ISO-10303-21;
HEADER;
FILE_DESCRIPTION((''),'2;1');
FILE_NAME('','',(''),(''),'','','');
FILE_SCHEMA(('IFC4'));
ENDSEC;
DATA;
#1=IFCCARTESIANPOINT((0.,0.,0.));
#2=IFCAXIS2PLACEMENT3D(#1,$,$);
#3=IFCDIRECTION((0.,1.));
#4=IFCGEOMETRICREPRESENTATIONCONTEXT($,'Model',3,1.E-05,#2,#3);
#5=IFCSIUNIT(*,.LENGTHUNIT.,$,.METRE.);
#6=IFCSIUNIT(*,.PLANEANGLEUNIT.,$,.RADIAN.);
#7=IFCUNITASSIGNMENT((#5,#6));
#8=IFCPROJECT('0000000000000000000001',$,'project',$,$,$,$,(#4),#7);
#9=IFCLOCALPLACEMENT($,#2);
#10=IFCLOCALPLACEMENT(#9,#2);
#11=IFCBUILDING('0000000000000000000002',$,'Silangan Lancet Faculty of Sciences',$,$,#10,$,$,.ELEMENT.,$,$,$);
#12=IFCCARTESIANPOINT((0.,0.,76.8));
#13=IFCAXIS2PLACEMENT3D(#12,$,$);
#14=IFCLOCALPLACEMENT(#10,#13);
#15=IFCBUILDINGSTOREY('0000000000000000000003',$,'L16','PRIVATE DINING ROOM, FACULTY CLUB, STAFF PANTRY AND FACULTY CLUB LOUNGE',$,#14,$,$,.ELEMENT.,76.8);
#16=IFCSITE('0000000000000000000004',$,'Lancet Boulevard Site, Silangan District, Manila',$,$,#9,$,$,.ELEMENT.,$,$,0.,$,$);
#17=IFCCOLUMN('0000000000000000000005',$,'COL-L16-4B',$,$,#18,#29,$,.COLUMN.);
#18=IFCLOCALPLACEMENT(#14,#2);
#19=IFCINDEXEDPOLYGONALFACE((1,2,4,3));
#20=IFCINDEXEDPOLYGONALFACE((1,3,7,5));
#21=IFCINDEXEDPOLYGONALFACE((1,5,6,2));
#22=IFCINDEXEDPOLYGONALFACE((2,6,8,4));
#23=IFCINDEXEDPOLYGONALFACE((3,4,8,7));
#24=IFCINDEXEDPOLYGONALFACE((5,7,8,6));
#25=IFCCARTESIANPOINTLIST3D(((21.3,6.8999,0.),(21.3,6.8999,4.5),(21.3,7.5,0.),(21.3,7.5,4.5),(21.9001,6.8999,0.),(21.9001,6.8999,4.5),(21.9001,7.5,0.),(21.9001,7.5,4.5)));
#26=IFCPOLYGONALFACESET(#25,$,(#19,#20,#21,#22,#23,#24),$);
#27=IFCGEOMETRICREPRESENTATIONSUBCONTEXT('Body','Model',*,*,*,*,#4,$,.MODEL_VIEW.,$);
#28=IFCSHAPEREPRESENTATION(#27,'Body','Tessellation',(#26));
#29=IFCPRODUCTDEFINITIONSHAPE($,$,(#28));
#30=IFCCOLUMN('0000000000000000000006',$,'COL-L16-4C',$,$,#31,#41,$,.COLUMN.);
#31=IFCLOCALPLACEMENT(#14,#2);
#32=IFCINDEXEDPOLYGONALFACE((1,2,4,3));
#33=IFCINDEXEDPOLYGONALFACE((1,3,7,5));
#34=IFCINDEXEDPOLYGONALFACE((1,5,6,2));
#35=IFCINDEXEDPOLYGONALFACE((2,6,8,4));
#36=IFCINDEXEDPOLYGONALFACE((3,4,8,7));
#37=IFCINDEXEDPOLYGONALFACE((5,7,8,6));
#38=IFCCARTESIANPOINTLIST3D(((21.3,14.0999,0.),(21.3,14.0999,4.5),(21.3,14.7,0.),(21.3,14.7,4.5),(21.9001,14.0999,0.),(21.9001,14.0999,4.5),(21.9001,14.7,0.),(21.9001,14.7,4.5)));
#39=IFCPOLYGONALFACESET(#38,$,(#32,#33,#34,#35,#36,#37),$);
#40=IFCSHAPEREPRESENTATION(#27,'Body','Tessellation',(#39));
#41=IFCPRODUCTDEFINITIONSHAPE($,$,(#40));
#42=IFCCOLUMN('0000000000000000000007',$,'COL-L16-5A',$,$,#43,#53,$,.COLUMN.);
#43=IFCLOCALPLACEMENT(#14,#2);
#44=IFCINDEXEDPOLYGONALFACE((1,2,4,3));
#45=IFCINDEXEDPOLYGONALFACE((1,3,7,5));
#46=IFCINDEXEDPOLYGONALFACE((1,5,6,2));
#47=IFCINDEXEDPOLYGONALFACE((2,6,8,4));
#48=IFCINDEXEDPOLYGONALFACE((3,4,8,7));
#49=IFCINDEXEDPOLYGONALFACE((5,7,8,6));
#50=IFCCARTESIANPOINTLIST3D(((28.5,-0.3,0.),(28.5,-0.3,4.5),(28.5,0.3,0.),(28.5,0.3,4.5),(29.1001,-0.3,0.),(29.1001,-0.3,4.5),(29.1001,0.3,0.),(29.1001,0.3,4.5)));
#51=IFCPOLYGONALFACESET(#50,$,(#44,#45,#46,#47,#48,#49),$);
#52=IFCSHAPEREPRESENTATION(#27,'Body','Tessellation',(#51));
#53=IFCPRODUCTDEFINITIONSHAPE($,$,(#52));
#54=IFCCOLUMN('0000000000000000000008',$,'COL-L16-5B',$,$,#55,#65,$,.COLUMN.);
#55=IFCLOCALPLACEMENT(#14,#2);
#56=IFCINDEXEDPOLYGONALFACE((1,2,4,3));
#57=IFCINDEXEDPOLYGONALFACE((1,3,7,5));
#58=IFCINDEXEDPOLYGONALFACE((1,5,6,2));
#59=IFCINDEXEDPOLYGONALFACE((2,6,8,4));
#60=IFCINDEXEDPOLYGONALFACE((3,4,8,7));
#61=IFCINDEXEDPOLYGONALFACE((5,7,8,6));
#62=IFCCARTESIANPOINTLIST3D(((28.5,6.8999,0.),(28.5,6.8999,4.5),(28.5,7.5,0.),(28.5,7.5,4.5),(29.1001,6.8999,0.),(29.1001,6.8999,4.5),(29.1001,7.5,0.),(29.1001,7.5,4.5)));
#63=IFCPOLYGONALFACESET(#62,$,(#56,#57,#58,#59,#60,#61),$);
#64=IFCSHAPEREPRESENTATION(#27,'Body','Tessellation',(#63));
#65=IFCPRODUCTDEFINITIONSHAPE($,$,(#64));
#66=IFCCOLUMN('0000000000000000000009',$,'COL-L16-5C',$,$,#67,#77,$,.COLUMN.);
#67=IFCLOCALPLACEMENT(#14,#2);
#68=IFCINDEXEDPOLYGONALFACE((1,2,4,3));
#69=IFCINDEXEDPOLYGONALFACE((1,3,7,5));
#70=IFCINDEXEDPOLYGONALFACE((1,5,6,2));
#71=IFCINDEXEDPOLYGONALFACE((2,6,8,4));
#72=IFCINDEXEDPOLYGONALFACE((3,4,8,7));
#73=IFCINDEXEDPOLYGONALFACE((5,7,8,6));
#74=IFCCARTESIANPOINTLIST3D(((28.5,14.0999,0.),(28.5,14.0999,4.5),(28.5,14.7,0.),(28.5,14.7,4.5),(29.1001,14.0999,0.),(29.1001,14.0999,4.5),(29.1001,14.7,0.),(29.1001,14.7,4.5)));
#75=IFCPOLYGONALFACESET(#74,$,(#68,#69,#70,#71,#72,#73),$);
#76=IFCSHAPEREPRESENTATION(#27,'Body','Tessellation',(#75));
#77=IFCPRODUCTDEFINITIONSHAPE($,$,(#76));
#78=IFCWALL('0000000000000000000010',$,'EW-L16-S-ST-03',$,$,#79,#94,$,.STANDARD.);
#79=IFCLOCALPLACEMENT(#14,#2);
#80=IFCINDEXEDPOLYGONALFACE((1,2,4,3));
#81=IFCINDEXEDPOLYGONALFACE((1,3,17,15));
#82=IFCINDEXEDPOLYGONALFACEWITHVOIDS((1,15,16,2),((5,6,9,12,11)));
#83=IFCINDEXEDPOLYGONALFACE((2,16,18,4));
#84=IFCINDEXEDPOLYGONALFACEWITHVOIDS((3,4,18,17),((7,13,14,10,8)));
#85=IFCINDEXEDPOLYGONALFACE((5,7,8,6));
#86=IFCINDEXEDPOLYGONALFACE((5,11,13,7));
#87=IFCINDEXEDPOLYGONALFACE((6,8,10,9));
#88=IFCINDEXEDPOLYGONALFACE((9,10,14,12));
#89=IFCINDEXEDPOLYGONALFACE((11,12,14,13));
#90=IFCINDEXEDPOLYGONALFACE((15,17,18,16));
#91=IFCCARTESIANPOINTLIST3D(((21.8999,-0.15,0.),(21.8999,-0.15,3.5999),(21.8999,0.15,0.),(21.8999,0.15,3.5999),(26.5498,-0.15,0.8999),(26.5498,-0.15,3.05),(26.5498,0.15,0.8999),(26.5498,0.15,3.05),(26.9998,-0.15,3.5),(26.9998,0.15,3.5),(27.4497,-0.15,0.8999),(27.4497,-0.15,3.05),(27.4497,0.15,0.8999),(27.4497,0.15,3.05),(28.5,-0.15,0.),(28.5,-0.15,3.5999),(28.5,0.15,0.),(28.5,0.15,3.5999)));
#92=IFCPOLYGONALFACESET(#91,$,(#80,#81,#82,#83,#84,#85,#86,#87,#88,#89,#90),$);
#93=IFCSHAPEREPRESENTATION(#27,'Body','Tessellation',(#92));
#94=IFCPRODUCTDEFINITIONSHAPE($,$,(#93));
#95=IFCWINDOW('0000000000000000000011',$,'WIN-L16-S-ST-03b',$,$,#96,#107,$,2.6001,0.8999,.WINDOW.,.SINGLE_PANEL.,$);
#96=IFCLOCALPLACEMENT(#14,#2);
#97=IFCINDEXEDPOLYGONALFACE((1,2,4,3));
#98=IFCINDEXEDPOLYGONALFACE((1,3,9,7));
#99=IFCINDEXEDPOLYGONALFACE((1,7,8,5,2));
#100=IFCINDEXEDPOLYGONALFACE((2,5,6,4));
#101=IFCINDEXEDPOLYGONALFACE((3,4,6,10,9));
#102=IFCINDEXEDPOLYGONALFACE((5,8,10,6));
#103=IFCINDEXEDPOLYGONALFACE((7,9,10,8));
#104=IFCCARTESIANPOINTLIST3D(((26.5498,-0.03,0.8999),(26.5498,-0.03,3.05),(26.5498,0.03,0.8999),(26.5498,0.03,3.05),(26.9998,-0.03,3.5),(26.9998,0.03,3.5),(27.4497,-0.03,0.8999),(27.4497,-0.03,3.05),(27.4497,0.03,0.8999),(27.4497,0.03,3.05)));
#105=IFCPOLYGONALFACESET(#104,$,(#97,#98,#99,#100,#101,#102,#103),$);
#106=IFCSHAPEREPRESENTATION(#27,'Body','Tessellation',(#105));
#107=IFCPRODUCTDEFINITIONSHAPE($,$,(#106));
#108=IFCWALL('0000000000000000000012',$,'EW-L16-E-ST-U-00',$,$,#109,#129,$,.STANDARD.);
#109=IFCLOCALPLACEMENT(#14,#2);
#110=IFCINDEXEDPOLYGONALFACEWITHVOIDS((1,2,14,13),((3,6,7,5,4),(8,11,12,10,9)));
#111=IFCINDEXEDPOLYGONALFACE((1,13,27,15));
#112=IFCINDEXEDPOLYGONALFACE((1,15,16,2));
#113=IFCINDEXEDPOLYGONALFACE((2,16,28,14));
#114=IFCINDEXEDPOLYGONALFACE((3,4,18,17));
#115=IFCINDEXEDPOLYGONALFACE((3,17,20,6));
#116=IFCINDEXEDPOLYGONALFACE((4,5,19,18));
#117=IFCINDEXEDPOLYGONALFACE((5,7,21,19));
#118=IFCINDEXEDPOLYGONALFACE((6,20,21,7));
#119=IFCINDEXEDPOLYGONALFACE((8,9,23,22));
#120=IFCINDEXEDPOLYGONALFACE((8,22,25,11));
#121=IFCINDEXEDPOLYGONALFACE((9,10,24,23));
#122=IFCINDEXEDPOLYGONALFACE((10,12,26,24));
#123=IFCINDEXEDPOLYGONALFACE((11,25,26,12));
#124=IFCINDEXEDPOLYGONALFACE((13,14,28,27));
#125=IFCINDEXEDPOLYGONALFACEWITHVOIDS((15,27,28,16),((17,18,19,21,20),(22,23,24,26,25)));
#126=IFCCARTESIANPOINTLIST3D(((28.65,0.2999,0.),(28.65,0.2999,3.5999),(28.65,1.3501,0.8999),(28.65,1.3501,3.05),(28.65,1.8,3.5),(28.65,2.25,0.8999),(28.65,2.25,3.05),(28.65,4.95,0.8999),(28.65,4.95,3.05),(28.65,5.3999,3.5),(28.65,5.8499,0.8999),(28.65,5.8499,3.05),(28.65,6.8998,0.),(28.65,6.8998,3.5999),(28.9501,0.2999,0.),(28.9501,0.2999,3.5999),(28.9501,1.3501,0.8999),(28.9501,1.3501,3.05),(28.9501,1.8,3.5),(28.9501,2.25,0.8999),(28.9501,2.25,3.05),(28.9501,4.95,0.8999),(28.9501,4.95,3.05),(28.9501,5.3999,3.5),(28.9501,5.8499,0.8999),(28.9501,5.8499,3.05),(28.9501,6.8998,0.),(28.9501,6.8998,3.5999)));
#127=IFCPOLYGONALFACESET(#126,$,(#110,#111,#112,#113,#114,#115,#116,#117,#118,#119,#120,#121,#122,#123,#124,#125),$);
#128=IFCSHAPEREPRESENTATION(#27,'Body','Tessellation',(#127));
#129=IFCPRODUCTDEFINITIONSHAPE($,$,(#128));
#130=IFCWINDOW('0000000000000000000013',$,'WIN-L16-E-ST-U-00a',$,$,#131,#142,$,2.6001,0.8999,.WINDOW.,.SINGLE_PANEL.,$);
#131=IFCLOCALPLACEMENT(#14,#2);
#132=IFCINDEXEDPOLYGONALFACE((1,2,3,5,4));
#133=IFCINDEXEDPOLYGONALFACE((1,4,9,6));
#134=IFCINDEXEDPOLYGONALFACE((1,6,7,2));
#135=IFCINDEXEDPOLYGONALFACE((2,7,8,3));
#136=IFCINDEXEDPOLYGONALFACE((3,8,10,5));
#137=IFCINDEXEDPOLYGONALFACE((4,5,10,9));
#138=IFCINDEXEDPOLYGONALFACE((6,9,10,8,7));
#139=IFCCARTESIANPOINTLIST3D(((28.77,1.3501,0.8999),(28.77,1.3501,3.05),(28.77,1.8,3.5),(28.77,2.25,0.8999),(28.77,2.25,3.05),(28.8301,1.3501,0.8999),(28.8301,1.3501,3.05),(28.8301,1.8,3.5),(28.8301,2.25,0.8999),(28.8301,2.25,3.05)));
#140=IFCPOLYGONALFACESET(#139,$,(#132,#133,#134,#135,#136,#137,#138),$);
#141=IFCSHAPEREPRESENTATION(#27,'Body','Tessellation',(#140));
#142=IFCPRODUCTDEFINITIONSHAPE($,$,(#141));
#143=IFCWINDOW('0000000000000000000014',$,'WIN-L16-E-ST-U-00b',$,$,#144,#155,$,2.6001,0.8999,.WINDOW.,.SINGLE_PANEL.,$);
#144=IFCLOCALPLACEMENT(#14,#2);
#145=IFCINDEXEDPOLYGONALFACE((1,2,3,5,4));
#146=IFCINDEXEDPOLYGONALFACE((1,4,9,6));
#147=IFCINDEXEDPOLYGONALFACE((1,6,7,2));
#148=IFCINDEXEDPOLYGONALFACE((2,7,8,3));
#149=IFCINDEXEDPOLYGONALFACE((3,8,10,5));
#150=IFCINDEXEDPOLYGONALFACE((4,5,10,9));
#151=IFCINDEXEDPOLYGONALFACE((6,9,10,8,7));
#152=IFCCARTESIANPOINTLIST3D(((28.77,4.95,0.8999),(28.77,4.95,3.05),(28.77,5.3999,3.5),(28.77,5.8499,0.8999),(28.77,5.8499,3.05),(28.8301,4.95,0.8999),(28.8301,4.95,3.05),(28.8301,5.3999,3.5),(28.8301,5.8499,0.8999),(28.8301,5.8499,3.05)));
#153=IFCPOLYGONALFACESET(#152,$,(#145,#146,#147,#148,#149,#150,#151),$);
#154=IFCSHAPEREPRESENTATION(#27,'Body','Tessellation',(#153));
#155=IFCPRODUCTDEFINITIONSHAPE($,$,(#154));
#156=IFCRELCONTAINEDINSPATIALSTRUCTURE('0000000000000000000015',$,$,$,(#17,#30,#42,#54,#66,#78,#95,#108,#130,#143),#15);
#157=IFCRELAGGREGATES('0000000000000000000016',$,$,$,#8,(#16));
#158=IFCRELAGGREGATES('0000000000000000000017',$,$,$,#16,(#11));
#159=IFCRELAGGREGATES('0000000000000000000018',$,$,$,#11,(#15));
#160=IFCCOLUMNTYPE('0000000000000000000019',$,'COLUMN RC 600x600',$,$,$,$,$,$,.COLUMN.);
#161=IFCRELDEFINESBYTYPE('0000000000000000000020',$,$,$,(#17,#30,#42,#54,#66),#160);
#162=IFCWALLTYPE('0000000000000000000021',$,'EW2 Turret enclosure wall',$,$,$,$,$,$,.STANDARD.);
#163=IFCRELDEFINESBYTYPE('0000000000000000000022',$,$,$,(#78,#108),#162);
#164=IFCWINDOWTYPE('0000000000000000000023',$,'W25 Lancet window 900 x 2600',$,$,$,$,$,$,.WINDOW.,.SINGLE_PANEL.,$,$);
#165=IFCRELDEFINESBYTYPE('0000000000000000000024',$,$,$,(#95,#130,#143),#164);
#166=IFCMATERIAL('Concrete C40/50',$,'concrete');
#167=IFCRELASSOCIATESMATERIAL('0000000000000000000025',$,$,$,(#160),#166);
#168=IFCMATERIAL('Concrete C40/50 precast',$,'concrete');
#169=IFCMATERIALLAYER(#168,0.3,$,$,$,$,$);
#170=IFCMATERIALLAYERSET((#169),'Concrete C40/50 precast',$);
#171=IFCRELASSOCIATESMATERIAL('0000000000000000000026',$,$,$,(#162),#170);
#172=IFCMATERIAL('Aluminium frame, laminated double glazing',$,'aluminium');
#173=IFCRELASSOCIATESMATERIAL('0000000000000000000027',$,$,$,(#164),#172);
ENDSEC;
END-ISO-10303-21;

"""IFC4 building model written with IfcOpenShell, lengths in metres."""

from ifc_helpers import new_model, si_unit, direction, frame, frame_2d, origin, origin_2d, place, context, subcontext, project, spatial, polyline, rectangle, outline, extrude, material, layer, layer_set, material_profile, profile_set, type_object, element, fill, save


model = new_model("IFC4")

# Units and contexts
model_context = context("Model", 3, precision=1e-05, world=origin(), true_north=direction((0.0, 1.0)))
body_context = subcontext(model_context, "Body", "Model", "MODEL_VIEW")
ifc_project = project(units=[si_unit("LENGTHUNIT", "METRE"), si_unit("PLANEANGLEUNIT", "RADIAN")], contexts=[model_context])

# Site, building, storey
site_placement = place(None, origin())
site = spatial("IfcSite", under=ifc_project, at=site_placement, Name="Lancet Boulevard Site, Silangan District, Manila", CompositionType="ELEMENT", RefElevation=0.0)
building_placement = place(site_placement, origin())
building = spatial("IfcBuilding", under=site, at=building_placement, Name="Silangan Lancet Faculty of Sciences", CompositionType="ELEMENT")
storey_placement = place(building_placement, frame((0.0, 0.0, 76.8)))
storey = spatial("IfcBuildingStorey", under=building, at=storey_placement, Name="L16", Description="PRIVATE DINING ROOM, FACULTY CLUB, STAFF PANTRY AND FACULTY CLUB LOUNGE", CompositionType="ELEMENT", Elevation=76.8)

# Columns
ifc_material_1 = material(Name="Concrete C40/50", Category="concrete")
ifc_material_profile = material_profile(ifc_material_1, rectangle(XDim=0.6001, YDim=0.6001, at=origin_2d()), Name="RC 600x600")
ifc_profile_set = profile_set([ifc_material_profile], Name="Concrete C40/50")
column_type = type_object("IfcColumnType", Name="COLUMN RC 600x600", PredefinedType="COLUMN", material=ifc_profile_set)
for number, where, z_axis, x_axis, name in (
    (1, (21.6001, 7.2, 0.0), (0.0, 0.0, 1.0), (1.0, 0.0, 0.0), "COL-L16-4B"),
    (2, (21.6001, 14.3999, 0.0), (0.0, 0.0, 1.0), (1.0, 0.0, 0.0), "COL-L16-4C"),
    (3, (28.8, 0.0, 0.0), (0.0, 0.0, 1.0), (1.0, 0.0, 0.0), "COL-L16-5A"),
    (4, (28.8, 7.2, 0.0), (0.0, 0.0, 1.0), (1.0, 0.0, 0.0), "COL-L16-5B"),
    (5, (28.8, 14.3999, 0.0), (0.0, 0.0, 1.0), (1.0, 0.0, 0.0), "COL-L16-5C"),
):
    element("IfcColumn", number, at=place(storey_placement, frame(where, z_axis=z_axis, x_axis=x_axis)), inside=storey, type_object=column_type, Name=name, PredefinedType="COLUMN", context=body_context, shape_type="SweptSolid", body=[
        extrude(rectangle(XDim=0.6001, YDim=0.6001, at=origin_2d()), origin(), (0.0, 0.0, 1.0), 4.5),
    ])

# Wall, opening, window
ifc_material_2 = material(Name="Concrete C40/50 precast", Category="concrete")
ifc_layer_1 = layer(ifc_material_2, 0.3)
ifc_layer_set_1 = layer_set([ifc_layer_1], Name="Concrete C40/50 precast")
wall_type_1 = type_object("IfcWallType", Name="EW2 Turret enclosure wall", PredefinedType="STANDARD", material=ifc_layer_set_1)
wall_1_placement = place(storey_placement, frame((21.8999, 0.0, 0.0), z_axis=(0.0, 0.0, 1.0), x_axis=(1.0, 0.0, 0.0)))
wall_1 = element("IfcWall", 6, at=wall_1_placement, inside=storey, type_object=wall_type_1, Name="EW-L16-S-ST-03", PredefinedType="STANDARD", context=body_context, shape_type="SweptSolid", body=[
    extrude(rectangle(XDim=6.6001, YDim=0.3, at=frame_2d((3.3, 0.0))), origin(), (0.0, 0.0, 1.0), 3.5999),
])
opening_1_placement = place(wall_1_placement, frame((4.6499, 0.0, 0.8999)))
opening_1 = element("IfcOpeningElement", 7, at=opening_1_placement, cuts=wall_1, PredefinedType="OPENING", context=body_context, shape_type="SweptSolid", body=[
    extrude(outline(polyline([(0.0, 0.0), (0.8999, 0.0), (0.8999, 2.1501), (0.45, 2.6001), (0.0, 2.1501), (0.0, 0.0)])), frame((0.0, 0.1599, 0.0), z_axis=(0.0, -1.0, 0.0), x_axis=(1.0, 0.0, 0.0)), (0.0, 0.0, 1.0), 0.3201),
])
ifc_material_3 = material(Name="Aluminium frame, laminated double glazing", Category="aluminium")
window_type = type_object("IfcWindowType", Name="W25 Lancet window 900 x 2600", PartitioningType="SINGLE_PANEL", PredefinedType="WINDOW", material=ifc_material_3)
window_1_placement = place(opening_1_placement, origin())
window_1 = element("IfcWindow", 8, at=window_1_placement, inside=storey, type_object=window_type, Name="WIN-L16-S-ST-03b", OverallHeight=2.6001, OverallWidth=0.8999, PartitioningType="SINGLE_PANEL", PredefinedType="WINDOW", context=body_context, shape_type="SweptSolid", body=[
    extrude(outline(polyline([(0.0, 0.0), (0.8999, 0.0), (0.8999, 2.1501), (0.45, 2.6001), (0.0, 2.1501), (0.0, 0.0)])), frame((0.0, 0.03, 0.0), z_axis=(0.0, -1.0, 0.0), x_axis=(1.0, 0.0, 0.0)), (0.0, 0.0, 1.0), 0.0601),
])
fill(opening_1, window_1)

# Wall, openings, windows
wall_2_placement = place(storey_placement, frame((28.8, 0.3, 0.0), z_axis=(0.0, 0.0, 1.0), x_axis=(0.0, 1.0, 0.0)))
wall_2 = element("IfcWall", 9, at=wall_2_placement, inside=storey, type_object=wall_type_1, Name="EW-L16-E-ST-U-00", PredefinedType="STANDARD", context=body_context, shape_type="SweptSolid", body=[
    extrude(rectangle(XDim=6.5999, YDim=0.3, at=frame_2d((3.2998, 0.0))), origin(), (0.0, 0.0, 1.0), 3.5999),
])
opening_2_placement = place(wall_2_placement, frame((1.05, 0.0, 0.8999)))
opening_2 = element("IfcOpeningElement", 10, at=opening_2_placement, cuts=wall_2, PredefinedType="OPENING", context=body_context, shape_type="SweptSolid", body=[
    extrude(outline(polyline([(0.0, 0.0), (0.8999, 0.0), (0.8999, 2.1501), (0.45, 2.6001), (0.0, 2.1501), (0.0, 0.0)])), frame((0.0, 0.1599, 0.0), z_axis=(0.0, -1.0, 0.0), x_axis=(1.0, 0.0, 0.0)), (0.0, 0.0, 1.0), 0.3201),
])
opening_3_placement = place(wall_2_placement, frame((4.6499, 0.0, 0.8999)))
opening_3 = element("IfcOpeningElement", 11, at=opening_3_placement, cuts=wall_2, PredefinedType="OPENING", context=body_context, shape_type="SweptSolid", body=[
    extrude(outline(polyline([(0.0, 0.0), (0.8999, 0.0), (0.8999, 2.1501), (0.45, 2.6001), (0.0, 2.1501), (0.0, 0.0)])), frame((0.0, 0.1599, 0.0), z_axis=(0.0, -1.0, 0.0), x_axis=(1.0, 0.0, 0.0)), (0.0, 0.0, 1.0), 0.3201),
])
window_2_placement = place(opening_2_placement, origin())
window_2 = element("IfcWindow", 12, at=window_2_placement, inside=storey, type_object=window_type, Name="WIN-L16-E-ST-U-00a", OverallHeight=2.6001, OverallWidth=0.8999, PartitioningType="SINGLE_PANEL", PredefinedType="WINDOW", context=body_context, shape_type="SweptSolid", body=[
    extrude(outline(polyline([(0.0, 0.0), (0.8999, 0.0), (0.8999, 2.1501), (0.45, 2.6001), (0.0, 2.1501), (0.0, 0.0)])), frame((0.0, 0.03, 0.0), z_axis=(0.0, -1.0, 0.0), x_axis=(1.0, 0.0, 0.0)), (0.0, 0.0, 1.0), 0.0601),
])
fill(opening_2, window_2)
window_3_placement = place(opening_3_placement, origin())
window_3 = element("IfcWindow", 13, at=window_3_placement, inside=storey, type_object=window_type, Name="WIN-L16-E-ST-U-00b", OverallHeight=2.6001, OverallWidth=0.8999, PartitioningType="SINGLE_PANEL", PredefinedType="WINDOW", context=body_context, shape_type="SweptSolid", body=[
    extrude(outline(polyline([(0.0, 0.0), (0.8999, 0.0), (0.8999, 2.1501), (0.45, 2.6001), (0.0, 2.1501), (0.0, 0.0)])), frame((0.0, 0.03, 0.0), z_axis=(0.0, -1.0, 0.0), x_axis=(1.0, 0.0, 0.0)), (0.0, 0.0, 1.0), 0.0601),
])
fill(opening_3, window_3)

save(model, "model.ifc")
